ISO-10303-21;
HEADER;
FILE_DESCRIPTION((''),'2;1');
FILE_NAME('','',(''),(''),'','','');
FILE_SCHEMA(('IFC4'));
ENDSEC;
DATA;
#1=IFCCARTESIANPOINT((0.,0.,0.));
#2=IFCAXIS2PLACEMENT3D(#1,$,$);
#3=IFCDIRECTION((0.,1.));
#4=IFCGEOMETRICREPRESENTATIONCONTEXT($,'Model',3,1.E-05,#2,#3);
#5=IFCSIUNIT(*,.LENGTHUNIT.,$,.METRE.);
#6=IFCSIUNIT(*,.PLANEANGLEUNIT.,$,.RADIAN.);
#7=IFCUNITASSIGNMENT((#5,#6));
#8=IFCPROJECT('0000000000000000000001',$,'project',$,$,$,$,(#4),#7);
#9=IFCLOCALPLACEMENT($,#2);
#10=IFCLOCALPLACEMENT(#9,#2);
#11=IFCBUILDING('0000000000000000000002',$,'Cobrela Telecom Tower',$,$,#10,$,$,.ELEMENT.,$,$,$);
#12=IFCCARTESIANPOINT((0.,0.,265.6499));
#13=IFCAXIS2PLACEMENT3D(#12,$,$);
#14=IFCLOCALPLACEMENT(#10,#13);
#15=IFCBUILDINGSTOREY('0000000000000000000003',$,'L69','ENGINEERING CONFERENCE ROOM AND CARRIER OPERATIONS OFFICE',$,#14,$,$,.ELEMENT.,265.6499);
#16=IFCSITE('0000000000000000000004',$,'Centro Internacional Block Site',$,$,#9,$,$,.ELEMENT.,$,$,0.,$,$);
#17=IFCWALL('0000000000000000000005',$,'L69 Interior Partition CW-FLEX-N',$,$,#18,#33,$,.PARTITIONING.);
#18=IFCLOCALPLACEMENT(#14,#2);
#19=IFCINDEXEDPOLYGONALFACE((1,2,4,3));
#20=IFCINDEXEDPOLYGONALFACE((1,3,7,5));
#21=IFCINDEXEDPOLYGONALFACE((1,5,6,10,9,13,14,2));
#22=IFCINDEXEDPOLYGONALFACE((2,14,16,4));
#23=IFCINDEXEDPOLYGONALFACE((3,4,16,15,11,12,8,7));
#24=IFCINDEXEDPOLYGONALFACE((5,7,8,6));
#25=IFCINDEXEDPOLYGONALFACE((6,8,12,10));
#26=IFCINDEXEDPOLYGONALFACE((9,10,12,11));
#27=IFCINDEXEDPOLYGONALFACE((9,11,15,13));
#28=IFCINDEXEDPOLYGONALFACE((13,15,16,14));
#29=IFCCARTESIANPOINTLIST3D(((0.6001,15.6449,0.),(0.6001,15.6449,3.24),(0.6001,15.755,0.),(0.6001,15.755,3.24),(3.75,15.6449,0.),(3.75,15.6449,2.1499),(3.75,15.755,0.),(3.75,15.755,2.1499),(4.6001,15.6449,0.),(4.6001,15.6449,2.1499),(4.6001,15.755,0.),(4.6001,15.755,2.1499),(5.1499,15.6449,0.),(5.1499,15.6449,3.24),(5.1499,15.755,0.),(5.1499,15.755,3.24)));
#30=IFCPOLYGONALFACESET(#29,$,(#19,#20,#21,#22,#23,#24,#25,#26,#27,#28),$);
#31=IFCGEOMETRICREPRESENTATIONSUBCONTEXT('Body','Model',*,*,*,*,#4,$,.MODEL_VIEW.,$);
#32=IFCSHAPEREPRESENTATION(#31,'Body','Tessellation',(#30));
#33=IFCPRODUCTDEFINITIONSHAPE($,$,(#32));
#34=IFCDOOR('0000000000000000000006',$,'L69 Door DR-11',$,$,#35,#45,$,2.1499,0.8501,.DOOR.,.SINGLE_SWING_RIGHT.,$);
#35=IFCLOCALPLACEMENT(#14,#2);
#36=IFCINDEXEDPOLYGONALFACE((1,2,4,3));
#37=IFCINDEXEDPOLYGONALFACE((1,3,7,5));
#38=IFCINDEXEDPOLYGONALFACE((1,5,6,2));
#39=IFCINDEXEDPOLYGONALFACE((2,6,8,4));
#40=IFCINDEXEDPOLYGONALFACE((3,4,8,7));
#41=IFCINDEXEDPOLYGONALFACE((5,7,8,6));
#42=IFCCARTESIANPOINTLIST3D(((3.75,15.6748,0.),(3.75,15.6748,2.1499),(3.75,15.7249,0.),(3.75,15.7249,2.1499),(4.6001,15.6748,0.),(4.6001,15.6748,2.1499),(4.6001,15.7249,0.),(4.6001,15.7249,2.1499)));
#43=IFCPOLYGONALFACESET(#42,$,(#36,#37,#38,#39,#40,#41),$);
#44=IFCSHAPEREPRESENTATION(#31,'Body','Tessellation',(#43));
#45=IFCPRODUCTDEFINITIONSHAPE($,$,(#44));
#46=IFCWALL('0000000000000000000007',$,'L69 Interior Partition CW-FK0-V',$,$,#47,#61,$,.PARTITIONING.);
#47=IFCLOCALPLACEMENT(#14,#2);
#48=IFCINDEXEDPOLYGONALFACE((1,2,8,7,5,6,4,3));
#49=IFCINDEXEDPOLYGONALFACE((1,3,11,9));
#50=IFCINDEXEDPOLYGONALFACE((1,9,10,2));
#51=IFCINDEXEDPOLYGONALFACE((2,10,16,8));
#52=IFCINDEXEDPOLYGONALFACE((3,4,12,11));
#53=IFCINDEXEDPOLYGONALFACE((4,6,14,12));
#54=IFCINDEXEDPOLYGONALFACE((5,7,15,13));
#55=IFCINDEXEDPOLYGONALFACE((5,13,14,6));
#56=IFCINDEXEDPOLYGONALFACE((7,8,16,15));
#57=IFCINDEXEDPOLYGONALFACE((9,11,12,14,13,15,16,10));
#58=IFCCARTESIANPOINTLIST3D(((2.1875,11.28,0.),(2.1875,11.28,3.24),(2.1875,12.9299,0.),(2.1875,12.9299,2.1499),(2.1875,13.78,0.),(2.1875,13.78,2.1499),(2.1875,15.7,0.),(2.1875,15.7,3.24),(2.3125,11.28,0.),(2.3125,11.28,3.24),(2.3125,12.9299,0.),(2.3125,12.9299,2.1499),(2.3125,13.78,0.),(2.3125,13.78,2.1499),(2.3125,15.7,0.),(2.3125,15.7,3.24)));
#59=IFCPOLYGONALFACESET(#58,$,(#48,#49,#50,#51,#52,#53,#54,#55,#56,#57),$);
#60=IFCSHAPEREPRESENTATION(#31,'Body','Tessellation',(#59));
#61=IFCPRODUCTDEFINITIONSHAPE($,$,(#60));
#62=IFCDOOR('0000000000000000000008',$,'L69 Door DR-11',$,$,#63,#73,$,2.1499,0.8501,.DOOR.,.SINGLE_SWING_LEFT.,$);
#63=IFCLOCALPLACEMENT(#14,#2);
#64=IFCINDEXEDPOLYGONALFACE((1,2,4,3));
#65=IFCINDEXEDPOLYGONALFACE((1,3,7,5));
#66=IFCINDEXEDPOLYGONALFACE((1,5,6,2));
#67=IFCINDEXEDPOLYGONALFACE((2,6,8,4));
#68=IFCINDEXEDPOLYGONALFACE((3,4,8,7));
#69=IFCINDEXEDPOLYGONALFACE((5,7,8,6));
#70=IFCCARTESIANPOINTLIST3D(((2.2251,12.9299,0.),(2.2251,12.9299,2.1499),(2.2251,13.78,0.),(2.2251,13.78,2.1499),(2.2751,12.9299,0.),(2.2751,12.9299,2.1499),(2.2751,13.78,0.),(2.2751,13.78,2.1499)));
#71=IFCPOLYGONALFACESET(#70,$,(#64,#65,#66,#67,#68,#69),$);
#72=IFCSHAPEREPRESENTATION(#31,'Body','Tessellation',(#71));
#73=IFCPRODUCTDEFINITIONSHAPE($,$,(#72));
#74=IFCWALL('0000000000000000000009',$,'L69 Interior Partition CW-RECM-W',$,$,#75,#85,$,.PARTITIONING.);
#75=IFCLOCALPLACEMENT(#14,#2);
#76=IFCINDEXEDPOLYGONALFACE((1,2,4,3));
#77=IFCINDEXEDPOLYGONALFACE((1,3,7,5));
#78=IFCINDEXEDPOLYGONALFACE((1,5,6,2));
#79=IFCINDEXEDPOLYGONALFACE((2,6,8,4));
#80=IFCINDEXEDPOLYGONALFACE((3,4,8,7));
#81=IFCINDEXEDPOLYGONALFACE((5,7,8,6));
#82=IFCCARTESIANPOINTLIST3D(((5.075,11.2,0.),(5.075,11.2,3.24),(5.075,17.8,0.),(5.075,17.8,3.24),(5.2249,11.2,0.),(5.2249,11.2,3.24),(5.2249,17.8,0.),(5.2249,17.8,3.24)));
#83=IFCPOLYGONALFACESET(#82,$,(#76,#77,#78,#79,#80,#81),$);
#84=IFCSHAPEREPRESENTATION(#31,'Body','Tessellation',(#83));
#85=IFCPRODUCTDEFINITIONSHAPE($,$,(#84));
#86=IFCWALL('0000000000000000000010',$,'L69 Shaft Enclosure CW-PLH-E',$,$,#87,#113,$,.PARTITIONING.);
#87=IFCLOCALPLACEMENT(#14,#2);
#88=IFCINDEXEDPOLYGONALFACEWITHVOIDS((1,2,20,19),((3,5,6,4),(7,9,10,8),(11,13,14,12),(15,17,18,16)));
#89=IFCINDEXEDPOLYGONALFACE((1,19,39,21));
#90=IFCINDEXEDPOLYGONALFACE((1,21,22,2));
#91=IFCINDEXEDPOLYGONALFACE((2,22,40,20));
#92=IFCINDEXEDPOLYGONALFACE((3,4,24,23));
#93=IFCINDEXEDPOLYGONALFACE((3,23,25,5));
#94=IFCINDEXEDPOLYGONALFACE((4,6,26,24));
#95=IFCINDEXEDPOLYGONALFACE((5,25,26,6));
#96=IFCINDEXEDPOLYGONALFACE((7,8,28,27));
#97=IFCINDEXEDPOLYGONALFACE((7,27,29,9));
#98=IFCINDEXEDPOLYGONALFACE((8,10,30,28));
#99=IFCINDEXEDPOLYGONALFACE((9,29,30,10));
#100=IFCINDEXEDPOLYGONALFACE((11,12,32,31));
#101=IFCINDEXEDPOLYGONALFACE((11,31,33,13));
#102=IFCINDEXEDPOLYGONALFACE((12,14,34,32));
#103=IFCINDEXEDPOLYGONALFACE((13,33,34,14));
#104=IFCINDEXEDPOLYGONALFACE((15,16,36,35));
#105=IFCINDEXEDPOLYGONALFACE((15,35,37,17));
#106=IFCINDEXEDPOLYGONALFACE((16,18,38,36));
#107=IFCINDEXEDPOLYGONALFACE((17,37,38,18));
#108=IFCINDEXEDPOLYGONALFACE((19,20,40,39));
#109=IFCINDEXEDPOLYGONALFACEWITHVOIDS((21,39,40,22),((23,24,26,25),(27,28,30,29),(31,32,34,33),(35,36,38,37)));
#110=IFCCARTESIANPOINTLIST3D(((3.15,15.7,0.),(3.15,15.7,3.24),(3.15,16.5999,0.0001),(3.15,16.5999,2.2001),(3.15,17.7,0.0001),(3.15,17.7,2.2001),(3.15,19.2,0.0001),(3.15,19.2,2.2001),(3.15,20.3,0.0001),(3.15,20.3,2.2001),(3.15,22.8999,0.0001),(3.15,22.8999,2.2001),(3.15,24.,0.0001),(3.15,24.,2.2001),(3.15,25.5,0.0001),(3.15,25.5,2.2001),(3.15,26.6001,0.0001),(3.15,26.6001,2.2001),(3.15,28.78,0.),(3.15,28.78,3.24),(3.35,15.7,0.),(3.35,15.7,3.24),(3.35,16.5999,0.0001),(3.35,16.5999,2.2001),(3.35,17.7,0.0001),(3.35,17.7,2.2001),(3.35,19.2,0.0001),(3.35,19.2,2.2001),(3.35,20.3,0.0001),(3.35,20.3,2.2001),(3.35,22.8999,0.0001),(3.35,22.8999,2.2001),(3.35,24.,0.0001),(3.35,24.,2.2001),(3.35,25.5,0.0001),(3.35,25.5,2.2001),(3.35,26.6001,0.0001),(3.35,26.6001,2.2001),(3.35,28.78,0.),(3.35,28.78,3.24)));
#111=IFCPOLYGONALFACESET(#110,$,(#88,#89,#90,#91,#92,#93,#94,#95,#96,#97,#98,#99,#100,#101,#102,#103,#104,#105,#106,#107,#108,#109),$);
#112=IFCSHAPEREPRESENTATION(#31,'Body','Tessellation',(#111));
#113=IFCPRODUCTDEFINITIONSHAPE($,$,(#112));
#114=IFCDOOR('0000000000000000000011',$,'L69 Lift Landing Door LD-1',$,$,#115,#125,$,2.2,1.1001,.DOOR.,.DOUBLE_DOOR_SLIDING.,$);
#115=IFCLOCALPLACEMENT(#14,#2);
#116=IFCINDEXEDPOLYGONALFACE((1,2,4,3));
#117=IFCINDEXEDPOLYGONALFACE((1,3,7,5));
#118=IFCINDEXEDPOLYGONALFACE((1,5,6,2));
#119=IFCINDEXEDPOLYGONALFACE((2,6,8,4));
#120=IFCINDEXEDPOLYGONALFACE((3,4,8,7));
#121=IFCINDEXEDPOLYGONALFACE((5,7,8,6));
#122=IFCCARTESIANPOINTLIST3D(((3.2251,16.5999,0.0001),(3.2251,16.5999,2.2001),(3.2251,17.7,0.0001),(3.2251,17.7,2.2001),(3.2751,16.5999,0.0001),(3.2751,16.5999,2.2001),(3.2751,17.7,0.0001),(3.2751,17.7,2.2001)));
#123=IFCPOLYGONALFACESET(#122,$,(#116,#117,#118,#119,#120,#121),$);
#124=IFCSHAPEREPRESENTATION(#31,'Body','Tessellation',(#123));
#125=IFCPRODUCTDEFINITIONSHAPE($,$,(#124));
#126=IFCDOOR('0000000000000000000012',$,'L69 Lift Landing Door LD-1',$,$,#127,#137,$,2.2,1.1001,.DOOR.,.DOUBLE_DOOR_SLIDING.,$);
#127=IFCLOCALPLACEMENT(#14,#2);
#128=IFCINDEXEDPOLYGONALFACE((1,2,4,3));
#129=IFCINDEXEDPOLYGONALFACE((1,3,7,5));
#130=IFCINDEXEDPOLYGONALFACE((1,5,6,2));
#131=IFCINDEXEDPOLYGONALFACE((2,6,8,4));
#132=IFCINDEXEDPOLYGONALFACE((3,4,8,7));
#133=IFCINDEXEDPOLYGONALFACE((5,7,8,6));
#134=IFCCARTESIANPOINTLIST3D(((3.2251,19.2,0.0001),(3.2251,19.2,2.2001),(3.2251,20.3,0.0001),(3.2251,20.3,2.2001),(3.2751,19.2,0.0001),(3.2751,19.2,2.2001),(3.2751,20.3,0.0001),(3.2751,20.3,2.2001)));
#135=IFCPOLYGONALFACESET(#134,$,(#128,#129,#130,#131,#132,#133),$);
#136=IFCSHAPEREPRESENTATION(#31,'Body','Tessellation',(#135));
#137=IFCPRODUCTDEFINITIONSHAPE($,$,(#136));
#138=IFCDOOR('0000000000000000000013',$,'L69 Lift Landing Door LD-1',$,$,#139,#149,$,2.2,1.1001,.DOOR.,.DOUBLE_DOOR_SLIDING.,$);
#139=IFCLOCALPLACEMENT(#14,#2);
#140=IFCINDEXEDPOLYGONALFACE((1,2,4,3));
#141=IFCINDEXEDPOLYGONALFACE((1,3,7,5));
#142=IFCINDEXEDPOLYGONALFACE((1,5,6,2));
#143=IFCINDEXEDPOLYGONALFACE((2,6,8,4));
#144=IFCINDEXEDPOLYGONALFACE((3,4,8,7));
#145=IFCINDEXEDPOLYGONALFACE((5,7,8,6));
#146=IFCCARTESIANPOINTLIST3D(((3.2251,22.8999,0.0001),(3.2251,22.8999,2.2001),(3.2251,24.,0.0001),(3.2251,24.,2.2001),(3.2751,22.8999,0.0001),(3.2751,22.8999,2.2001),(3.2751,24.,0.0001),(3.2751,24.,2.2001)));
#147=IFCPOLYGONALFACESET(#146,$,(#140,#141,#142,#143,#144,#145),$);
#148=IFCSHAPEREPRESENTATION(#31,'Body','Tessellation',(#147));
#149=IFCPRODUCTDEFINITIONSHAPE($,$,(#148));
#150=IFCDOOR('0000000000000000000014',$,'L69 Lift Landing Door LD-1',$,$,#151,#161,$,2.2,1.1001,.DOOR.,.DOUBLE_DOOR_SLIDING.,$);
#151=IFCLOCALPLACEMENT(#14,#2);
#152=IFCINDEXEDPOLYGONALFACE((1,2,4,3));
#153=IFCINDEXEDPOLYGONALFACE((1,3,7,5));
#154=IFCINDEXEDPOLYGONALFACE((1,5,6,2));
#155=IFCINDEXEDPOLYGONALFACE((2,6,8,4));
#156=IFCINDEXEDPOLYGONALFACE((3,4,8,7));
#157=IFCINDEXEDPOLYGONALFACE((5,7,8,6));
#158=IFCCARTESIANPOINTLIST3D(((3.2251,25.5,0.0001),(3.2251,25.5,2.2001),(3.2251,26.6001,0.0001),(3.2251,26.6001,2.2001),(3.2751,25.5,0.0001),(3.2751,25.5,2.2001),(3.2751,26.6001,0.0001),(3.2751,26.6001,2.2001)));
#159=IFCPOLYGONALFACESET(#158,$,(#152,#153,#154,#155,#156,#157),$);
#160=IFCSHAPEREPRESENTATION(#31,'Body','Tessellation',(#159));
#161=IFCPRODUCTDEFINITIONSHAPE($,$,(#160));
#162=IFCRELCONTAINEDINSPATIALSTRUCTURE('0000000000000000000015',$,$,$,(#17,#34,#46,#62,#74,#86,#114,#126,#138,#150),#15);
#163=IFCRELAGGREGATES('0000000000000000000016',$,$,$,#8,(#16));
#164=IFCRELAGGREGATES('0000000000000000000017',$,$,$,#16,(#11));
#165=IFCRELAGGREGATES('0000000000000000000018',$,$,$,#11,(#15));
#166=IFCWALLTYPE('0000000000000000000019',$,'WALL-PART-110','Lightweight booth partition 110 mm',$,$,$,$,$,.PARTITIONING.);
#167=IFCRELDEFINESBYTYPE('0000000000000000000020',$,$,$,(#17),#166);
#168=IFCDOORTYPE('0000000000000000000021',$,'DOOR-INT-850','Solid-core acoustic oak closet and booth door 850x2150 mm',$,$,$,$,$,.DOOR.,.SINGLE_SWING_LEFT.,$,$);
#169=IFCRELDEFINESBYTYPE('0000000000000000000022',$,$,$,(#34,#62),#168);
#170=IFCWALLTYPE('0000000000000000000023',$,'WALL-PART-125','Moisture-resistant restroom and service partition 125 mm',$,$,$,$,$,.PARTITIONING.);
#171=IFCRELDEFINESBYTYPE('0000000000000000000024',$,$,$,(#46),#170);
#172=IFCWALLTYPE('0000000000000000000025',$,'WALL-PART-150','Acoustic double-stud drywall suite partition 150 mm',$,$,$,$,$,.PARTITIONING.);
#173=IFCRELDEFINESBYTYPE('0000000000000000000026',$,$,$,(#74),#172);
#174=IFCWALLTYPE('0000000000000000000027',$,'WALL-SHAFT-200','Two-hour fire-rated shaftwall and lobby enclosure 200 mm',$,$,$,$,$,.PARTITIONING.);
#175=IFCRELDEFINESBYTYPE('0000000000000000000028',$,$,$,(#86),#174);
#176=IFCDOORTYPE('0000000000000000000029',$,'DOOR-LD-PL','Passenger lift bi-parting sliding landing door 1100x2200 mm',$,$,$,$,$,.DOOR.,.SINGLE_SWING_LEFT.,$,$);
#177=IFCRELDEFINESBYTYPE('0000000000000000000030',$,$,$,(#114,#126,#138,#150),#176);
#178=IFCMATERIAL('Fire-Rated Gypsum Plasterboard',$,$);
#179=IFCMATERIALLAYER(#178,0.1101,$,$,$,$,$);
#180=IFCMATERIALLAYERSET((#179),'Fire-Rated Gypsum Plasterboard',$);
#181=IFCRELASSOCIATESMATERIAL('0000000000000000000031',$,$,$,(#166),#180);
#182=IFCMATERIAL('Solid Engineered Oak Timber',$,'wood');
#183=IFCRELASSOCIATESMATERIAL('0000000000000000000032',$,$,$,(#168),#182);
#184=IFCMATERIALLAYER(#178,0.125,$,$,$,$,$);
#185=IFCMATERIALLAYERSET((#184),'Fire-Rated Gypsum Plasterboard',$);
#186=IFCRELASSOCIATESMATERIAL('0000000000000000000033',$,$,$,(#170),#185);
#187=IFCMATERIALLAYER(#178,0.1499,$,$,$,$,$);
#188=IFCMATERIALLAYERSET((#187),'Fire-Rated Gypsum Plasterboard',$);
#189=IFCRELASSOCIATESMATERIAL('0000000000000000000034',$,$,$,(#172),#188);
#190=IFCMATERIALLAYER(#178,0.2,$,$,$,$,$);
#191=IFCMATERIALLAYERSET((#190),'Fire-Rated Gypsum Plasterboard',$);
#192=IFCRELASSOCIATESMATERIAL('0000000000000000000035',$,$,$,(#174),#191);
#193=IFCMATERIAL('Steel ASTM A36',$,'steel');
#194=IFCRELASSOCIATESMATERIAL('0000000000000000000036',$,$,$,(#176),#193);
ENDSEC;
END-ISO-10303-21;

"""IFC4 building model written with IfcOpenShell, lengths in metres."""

from ifc_helpers import new_model, si_unit, direction, frame, frame_2d, origin, place, context, subcontext, project, spatial, rectangle, extrude, material, layer, layer_set, type_object, element, fill, save


model = new_model("IFC4")

# Units and contexts
model_context = context("Model", 3, precision=1e-05, world=origin(), true_north=direction((0.0, 1.0)))
body_context = subcontext(model_context, "Body", "Model", "MODEL_VIEW")
ifc_project = project(units=[si_unit("LENGTHUNIT", "METRE"), si_unit("PLANEANGLEUNIT", "RADIAN")], contexts=[model_context])

# Site, building, storey
site_placement = place(None, origin())
site = spatial("IfcSite", under=ifc_project, at=site_placement, Name="Centro Internacional Block Site", CompositionType="ELEMENT", RefElevation=0.0)
building_placement = place(site_placement, origin())
building = spatial("IfcBuilding", under=site, at=building_placement, Name="Cobrela Telecom Tower", CompositionType="ELEMENT")
storey_placement = place(building_placement, frame((0.0, 0.0, 265.6499)))
storey = spatial("IfcBuildingStorey", under=building, at=storey_placement, Name="L69", Description="ENGINEERING CONFERENCE ROOM AND CARRIER OPERATIONS OFFICE", CompositionType="ELEMENT", Elevation=265.6499)

# Walls, openings, doors
ifc_material_1 = material(Name="Fire-Rated Gypsum Plasterboard")
ifc_layer_1 = layer(ifc_material_1, 0.1101)
ifc_layer_set_1 = layer_set([ifc_layer_1], Name="Fire-Rated Gypsum Plasterboard")
wall_type_1 = type_object("IfcWallType", Name="WALL-PART-110", Description="Lightweight booth partition 110 mm", PredefinedType="PARTITIONING", material=ifc_layer_set_1)
wall_1_placement = place(storey_placement, frame((0.6001, 15.7, 0.0), z_axis=(0.0, 0.0, 1.0), x_axis=(1.0, 0.0, 0.0)))
wall_1 = element("IfcWall", 1, at=wall_1_placement, inside=storey, type_object=wall_type_1, Name="L69 Interior Partition CW-FLEX-N", PredefinedType="PARTITIONING", context=body_context, shape_type="SweptSolid", body=[
    extrude(rectangle(XDim=4.5498, YDim=0.1101, at=frame_2d((2.2749, 0.0))), origin(), (0.0, 0.0, 1.0), 3.24),
])
opening_1_placement = place(wall_1_placement, frame((3.1499, 0.0, 0.0)))
opening_1 = element("IfcOpeningElement", 2, at=opening_1_placement, cuts=wall_1, PredefinedType="OPENING", context=body_context, shape_type="SweptSolid", body=[
    extrude(rectangle(XDim=0.8501, YDim=2.1499, at=frame_2d((0.425, 1.075))), frame((0.0, 0.0669, 0.0), z_axis=(0.0, -1.0, 0.0), x_axis=(1.0, 0.0, 0.0)), (0.0, 0.0, 1.0), 0.134),
])
ifc_material_2 = material(Name="Solid Engineered Oak Timber", Category="wood")
door_type_1 = type_object("IfcDoorType", Name="DOOR-INT-850", Description="Solid-core acoustic oak closet and booth door 850x2150 mm", OperationType="SINGLE_SWING_LEFT", PredefinedType="DOOR", material=ifc_material_2)
door_1_placement = place(opening_1_placement, origin())
door_1 = element("IfcDoor", 3, at=door_1_placement, inside=storey, type_object=door_type_1, Name="L69 Door DR-11", OperationType="SINGLE_SWING_RIGHT", OverallHeight=2.1499, OverallWidth=0.8501, PredefinedType="DOOR", context=body_context, shape_type="SweptSolid", body=[
    extrude(rectangle(XDim=0.8501, YDim=2.1499, at=frame_2d((0.425, 1.075))), frame((0.0, 0.0249, 0.0), z_axis=(0.0, -1.0, 0.0), x_axis=(1.0, 0.0, 0.0)), (0.0, 0.0, 1.0), 0.05),
])
fill(opening_1, door_1)
ifc_layer_2 = layer(ifc_material_1, 0.125)
ifc_layer_set_2 = layer_set([ifc_layer_2], Name="Fire-Rated Gypsum Plasterboard")
wall_type_2 = type_object("IfcWallType", Name="WALL-PART-125", Description="Moisture-resistant restroom and service partition 125 mm", PredefinedType="PARTITIONING", material=ifc_layer_set_2)
wall_2_placement = place(storey_placement, frame((2.25, 11.28, 0.0), z_axis=(0.0, 0.0, 1.0), x_axis=(0.0, 1.0, 0.0)))
wall_2 = element("IfcWall", 4, at=wall_2_placement, inside=storey, type_object=wall_type_2, Name="L69 Interior Partition CW-FK0-V", PredefinedType="PARTITIONING", context=body_context, shape_type="SweptSolid", body=[
    extrude(rectangle(XDim=4.4199, YDim=0.125, at=frame_2d((2.21, 0.0))), origin(), (0.0, 0.0, 1.0), 3.24),
])
opening_2_placement = place(wall_2_placement, frame((1.6499, 0.0, 0.0)))
opening_2 = element("IfcOpeningElement", 5, at=opening_2_placement, cuts=wall_2, PredefinedType="OPENING", context=body_context, shape_type="SweptSolid", body=[
    extrude(rectangle(XDim=0.8501, YDim=2.1499, at=frame_2d((0.425, 1.075))), frame((0.0, 0.0745, 0.0), z_axis=(0.0, -1.0, 0.0), x_axis=(1.0, 0.0, 0.0)), (0.0, 0.0, 1.0), 0.1489),
])
door_2_placement = place(opening_2_placement, origin())
door_2 = element("IfcDoor", 6, at=door_2_placement, inside=storey, type_object=door_type_1, Name="L69 Door DR-11", OperationType="SINGLE_SWING_LEFT", OverallHeight=2.1499, OverallWidth=0.8501, PredefinedType="DOOR", context=body_context, shape_type="SweptSolid", body=[
    extrude(rectangle(XDim=0.8501, YDim=2.1499, at=frame_2d((0.425, 1.075))), frame((0.0, 0.0249, 0.0), z_axis=(0.0, -1.0, 0.0), x_axis=(1.0, 0.0, 0.0)), (0.0, 0.0, 1.0), 0.05),
])
fill(opening_2, door_2)

# Wall
ifc_layer_3 = layer(ifc_material_1, 0.1499)
ifc_layer_set_3 = layer_set([ifc_layer_3], Name="Fire-Rated Gypsum Plasterboard")
wall_type_3 = type_object("IfcWallType", Name="WALL-PART-150", Description="Acoustic double-stud drywall suite partition 150 mm", PredefinedType="PARTITIONING", material=ifc_layer_set_3)
wall_3_placement = place(storey_placement, frame((5.1499, 11.2, 0.0), z_axis=(0.0, 0.0, 1.0), x_axis=(0.0, 1.0, 0.0)))
element("IfcWall", 7, at=wall_3_placement, inside=storey, type_object=wall_type_3, Name="L69 Interior Partition CW-RECM-W", PredefinedType="PARTITIONING", context=body_context, shape_type="SweptSolid", body=[
    extrude(rectangle(XDim=6.6001, YDim=0.1499, at=frame_2d((3.3, 0.0))), origin(), (0.0, 0.0, 1.0), 3.24),
])

# Wall, openings, doors
ifc_layer_4 = layer(ifc_material_1, 0.2)
ifc_layer_set_4 = layer_set([ifc_layer_4], Name="Fire-Rated Gypsum Plasterboard")
wall_type_4 = type_object("IfcWallType", Name="WALL-SHAFT-200", Description="Two-hour fire-rated shaftwall and lobby enclosure 200 mm", PredefinedType="PARTITIONING", material=ifc_layer_set_4)
wall_4_placement = place(storey_placement, frame((3.25, 15.7, 0.0), z_axis=(0.0, 0.0, 1.0), x_axis=(0.0, 1.0, 0.0)))
wall_4 = element("IfcWall", 8, at=wall_4_placement, inside=storey, type_object=wall_type_4, Name="L69 Shaft Enclosure CW-PLH-E", PredefinedType="PARTITIONING", context=body_context, shape_type="SweptSolid", body=[
    extrude(rectangle(XDim=13.0801, YDim=0.2, at=frame_2d((6.54, 0.0))), origin(), (0.0, 0.0, 1.0), 3.24),
])
opening_3_placement = place(wall_4_placement, frame((0.8999, 0.0, 0.0)))
opening_3 = element("IfcOpeningElement", 9, at=opening_3_placement, cuts=wall_4, PredefinedType="OPENING", context=body_context, shape_type="SweptSolid", body=[
    extrude(rectangle(XDim=1.1001, YDim=2.2, at=frame_2d((0.55, 1.1001))), frame((0.0, 0.1118, 0.0), z_axis=(0.0, -1.0, 0.0), x_axis=(1.0, 0.0, 0.0)), (0.0, 0.0, 1.0), 0.2239),
])
opening_4_placement = place(wall_4_placement, frame((3.5, 0.0, 0.0)))
opening_4 = element("IfcOpeningElement", 10, at=opening_4_placement, cuts=wall_4, PredefinedType="OPENING", context=body_context, shape_type="SweptSolid", body=[
    extrude(rectangle(XDim=1.1001, YDim=2.2, at=frame_2d((0.55, 1.1001))), frame((0.0, 0.1118, 0.0), z_axis=(0.0, -1.0, 0.0), x_axis=(1.0, 0.0, 0.0)), (0.0, 0.0, 1.0), 0.2239),
])
opening_5_placement = place(wall_4_placement, frame((7.2, 0.0, 0.0)))
opening_5 = element("IfcOpeningElement", 11, at=opening_5_placement, cuts=wall_4, PredefinedType="OPENING", context=body_context, shape_type="SweptSolid", body=[
    extrude(rectangle(XDim=1.1001, YDim=2.2, at=frame_2d((0.55, 1.1001))), frame((0.0, 0.1118, 0.0), z_axis=(0.0, -1.0, 0.0), x_axis=(1.0, 0.0, 0.0)), (0.0, 0.0, 1.0), 0.2239),
])
opening_6_placement = place(wall_4_placement, frame((9.8, 0.0, 0.0)))
opening_6 = element("IfcOpeningElement", 12, at=opening_6_placement, cuts=wall_4, PredefinedType="OPENING", context=body_context, shape_type="SweptSolid", body=[
    extrude(rectangle(XDim=1.1001, YDim=2.2, at=frame_2d((0.55, 1.1001))), frame((0.0, 0.1118, 0.0), z_axis=(0.0, -1.0, 0.0), x_axis=(1.0, 0.0, 0.0)), (0.0, 0.0, 1.0), 0.2239),
])
ifc_material_3 = material(Name="Steel ASTM A36", Category="steel")
door_type_2 = type_object("IfcDoorType", Name="DOOR-LD-PL", Description="Passenger lift bi-parting sliding landing door 1100x2200 mm", OperationType="SINGLE_SWING_LEFT", PredefinedType="DOOR", material=ifc_material_3)
door_3_placement = place(opening_3_placement, origin())
door_3 = element("IfcDoor", 13, at=door_3_placement, inside=storey, type_object=door_type_2, Name="L69 Lift Landing Door LD-1", OperationType="DOUBLE_DOOR_SLIDING", OverallHeight=2.2, OverallWidth=1.1001, PredefinedType="DOOR", context=body_context, shape_type="SweptSolid", body=[
    extrude(rectangle(XDim=1.1001, YDim=2.2, at=frame_2d((0.55, 1.1001))), frame((0.0, 0.0249, 0.0), z_axis=(0.0, -1.0, 0.0), x_axis=(1.0, 0.0, 0.0)), (0.0, 0.0, 1.0), 0.05),
])
fill(opening_3, door_3)
door_4_placement = place(opening_4_placement, origin())
door_4 = element("IfcDoor", 14, at=door_4_placement, inside=storey, type_object=door_type_2, Name="L69 Lift Landing Door LD-1", OperationType="DOUBLE_DOOR_SLIDING", OverallHeight=2.2, OverallWidth=1.1001, PredefinedType="DOOR", context=body_context, shape_type="SweptSolid", body=[
    extrude(rectangle(XDim=1.1001, YDim=2.2, at=frame_2d((0.55, 1.1001))), frame((0.0, 0.0249, 0.0), z_axis=(0.0, -1.0, 0.0), x_axis=(1.0, 0.0, 0.0)), (0.0, 0.0, 1.0), 0.05),
])
fill(opening_4, door_4)
door_5_placement = place(opening_5_placement, origin())
door_5 = element("IfcDoor", 15, at=door_5_placement, inside=storey, type_object=door_type_2, Name="L69 Lift Landing Door LD-1", OperationType="DOUBLE_DOOR_SLIDING", OverallHeight=2.2, OverallWidth=1.1001, PredefinedType="DOOR", context=body_context, shape_type="SweptSolid", body=[
    extrude(rectangle(XDim=1.1001, YDim=2.2, at=frame_2d((0.55, 1.1001))), frame((0.0, 0.0249, 0.0), z_axis=(0.0, -1.0, 0.0), x_axis=(1.0, 0.0, 0.0)), (0.0, 0.0, 1.0), 0.05),
])
fill(opening_5, door_5)
door_6_placement = place(opening_6_placement, origin())
door_6 = element("IfcDoor", 16, at=door_6_placement, inside=storey, type_object=door_type_2, Name="L69 Lift Landing Door LD-1", OperationType="DOUBLE_DOOR_SLIDING", OverallHeight=2.2, OverallWidth=1.1001, PredefinedType="DOOR", context=body_context, shape_type="SweptSolid", body=[
    extrude(rectangle(XDim=1.1001, YDim=2.2, at=frame_2d((0.55, 1.1001))), frame((0.0, 0.0249, 0.0), z_axis=(0.0, -1.0, 0.0), x_axis=(1.0, 0.0, 0.0)), (0.0, 0.0, 1.0), 0.05),
])
fill(opening_6, door_6)

save(model, "model.ifc")
